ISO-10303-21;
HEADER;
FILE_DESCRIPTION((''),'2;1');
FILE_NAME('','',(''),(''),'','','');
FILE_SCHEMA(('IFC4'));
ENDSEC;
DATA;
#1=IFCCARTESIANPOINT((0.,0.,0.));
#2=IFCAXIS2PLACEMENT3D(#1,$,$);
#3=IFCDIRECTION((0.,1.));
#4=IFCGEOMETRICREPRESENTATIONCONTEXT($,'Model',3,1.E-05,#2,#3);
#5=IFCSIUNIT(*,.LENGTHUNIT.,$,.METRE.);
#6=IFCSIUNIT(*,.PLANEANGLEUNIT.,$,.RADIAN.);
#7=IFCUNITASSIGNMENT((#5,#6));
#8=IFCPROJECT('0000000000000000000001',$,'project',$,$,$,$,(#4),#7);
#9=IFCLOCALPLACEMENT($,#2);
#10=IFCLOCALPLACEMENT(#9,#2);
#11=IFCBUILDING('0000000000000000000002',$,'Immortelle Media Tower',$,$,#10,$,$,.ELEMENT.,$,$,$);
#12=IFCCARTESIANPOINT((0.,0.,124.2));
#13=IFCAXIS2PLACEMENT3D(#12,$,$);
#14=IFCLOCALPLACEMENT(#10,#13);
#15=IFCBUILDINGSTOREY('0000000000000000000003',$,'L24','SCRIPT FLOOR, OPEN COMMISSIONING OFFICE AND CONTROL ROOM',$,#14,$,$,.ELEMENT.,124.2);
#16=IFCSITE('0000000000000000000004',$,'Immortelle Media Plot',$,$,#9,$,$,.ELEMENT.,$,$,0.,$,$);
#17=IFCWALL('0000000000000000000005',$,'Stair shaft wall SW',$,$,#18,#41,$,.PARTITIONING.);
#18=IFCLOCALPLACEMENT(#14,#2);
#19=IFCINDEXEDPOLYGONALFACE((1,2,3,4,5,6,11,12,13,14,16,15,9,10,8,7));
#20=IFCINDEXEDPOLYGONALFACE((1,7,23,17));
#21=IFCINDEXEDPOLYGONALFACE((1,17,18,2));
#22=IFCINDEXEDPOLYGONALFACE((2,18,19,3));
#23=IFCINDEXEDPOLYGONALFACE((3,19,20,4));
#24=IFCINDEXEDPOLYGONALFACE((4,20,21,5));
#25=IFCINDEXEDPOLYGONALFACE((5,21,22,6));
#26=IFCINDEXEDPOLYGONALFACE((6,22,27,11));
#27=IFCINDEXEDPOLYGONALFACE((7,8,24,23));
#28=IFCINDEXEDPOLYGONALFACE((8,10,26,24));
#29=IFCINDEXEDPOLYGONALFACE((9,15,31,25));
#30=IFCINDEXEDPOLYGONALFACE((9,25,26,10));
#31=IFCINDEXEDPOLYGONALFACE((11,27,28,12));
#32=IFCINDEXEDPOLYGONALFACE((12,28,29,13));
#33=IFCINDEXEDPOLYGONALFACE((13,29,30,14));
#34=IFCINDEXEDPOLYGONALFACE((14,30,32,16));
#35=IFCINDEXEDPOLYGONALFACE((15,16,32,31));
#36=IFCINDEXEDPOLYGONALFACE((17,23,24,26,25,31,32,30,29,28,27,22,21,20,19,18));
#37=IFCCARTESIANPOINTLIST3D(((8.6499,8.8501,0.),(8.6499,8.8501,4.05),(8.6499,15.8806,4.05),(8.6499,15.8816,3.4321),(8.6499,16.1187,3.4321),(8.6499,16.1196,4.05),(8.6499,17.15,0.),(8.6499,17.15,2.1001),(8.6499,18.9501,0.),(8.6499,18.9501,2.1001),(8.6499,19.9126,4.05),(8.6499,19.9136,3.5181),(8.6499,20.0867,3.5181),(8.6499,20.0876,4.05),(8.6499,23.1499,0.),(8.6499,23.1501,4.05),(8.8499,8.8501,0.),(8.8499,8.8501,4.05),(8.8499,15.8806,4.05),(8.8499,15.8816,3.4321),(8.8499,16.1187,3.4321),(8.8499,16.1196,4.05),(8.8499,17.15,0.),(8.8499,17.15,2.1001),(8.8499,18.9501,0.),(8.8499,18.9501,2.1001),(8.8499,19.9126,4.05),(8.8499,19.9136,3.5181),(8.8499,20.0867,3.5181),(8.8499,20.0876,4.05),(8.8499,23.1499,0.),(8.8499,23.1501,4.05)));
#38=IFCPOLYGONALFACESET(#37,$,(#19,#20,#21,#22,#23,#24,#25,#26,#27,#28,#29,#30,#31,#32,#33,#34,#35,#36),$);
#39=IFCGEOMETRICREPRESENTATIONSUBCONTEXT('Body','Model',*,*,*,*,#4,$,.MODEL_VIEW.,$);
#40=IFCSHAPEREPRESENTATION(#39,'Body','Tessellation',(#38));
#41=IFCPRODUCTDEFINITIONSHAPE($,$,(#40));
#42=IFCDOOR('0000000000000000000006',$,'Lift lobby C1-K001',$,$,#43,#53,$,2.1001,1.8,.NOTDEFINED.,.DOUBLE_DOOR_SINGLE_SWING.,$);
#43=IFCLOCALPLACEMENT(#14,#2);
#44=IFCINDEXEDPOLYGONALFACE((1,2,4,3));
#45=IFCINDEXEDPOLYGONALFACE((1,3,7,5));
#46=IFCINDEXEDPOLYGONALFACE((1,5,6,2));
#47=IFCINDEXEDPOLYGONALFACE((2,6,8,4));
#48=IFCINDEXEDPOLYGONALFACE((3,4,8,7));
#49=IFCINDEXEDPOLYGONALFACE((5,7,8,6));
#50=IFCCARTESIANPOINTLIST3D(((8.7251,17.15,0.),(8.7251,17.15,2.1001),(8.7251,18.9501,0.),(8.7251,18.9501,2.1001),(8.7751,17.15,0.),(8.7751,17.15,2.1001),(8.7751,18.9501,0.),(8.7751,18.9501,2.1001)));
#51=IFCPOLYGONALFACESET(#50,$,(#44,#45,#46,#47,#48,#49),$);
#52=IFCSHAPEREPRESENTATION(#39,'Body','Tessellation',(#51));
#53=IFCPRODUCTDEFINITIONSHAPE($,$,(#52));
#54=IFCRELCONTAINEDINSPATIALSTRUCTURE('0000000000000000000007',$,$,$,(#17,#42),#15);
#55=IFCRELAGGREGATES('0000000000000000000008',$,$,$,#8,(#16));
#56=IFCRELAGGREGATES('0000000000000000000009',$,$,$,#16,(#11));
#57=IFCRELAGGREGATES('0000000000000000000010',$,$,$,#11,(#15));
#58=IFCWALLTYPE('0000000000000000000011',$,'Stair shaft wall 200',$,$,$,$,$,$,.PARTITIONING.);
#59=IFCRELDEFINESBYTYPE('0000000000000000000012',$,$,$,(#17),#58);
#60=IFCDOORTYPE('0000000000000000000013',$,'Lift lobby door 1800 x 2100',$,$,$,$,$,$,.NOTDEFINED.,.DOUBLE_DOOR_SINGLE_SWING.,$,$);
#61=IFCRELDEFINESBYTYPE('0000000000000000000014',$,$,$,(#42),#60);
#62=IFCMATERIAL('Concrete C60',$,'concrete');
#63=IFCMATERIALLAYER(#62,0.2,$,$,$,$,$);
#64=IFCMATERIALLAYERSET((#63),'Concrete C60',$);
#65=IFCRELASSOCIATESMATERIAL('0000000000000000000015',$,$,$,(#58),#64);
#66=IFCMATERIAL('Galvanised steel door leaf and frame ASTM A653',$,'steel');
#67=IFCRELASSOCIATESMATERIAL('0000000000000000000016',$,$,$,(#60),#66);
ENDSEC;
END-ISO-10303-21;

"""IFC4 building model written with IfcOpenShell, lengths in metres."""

from ifc_helpers import new_model, si_unit, direction, frame, frame_2d, origin, place, context, subcontext, project, spatial, polyline, rectangle, outline, extrude, material, layer, layer_set, type_object, element, fill, save


model = new_model("IFC4")

# Units and contexts
model_context = context("Model", 3, precision=1e-05, world=origin(), true_north=direction((0.0, 1.0)))
body_context = subcontext(model_context, "Body", "Model", "MODEL_VIEW")
ifc_project = project(units=[si_unit("LENGTHUNIT", "METRE"), si_unit("PLANEANGLEUNIT", "RADIAN")], contexts=[model_context])

# Site, building, storey
site_placement = place(None, origin())
site = spatial("IfcSite", under=ifc_project, at=site_placement, Name="Immortelle Media Plot", CompositionType="ELEMENT", RefElevation=0.0)
building_placement = place(site_placement, origin())
building = spatial("IfcBuilding", under=site, at=building_placement, Name="Immortelle Media Tower", CompositionType="ELEMENT")
storey_placement = place(building_placement, frame((0.0, 0.0, 124.2)))
storey = spatial("IfcBuildingStorey", under=building, at=storey_placement, Name="L24", Description="SCRIPT FLOOR, OPEN COMMISSIONING OFFICE AND CONTROL ROOM", CompositionType="ELEMENT", Elevation=124.2)

# Shared definitions
ifc_material_1 = material(Name="Concrete C60", Category="concrete")
ifc_layer_1 = layer(ifc_material_1, 0.2)
ifc_layer_set_1 = layer_set([ifc_layer_1], Name="Concrete C60")
wall_type_1 = type_object("IfcWallType", Name="Stair shaft wall 200", PredefinedType="PARTITIONING", material=ifc_layer_set_1)
ifc_material_2 = material(Name="Galvanised steel door leaf and frame ASTM A653", Category="steel")

# Wall, opening, door
wall_1_placement = place(storey_placement, frame((8.75, 8.8501, 0.0), z_axis=(0.0, 0.0, 1.0), x_axis=(0.0, 1.0, 0.0)))
wall_1 = element("IfcWall", 1, at=wall_1_placement, inside=storey, type_object=wall_type_1, Name="Stair shaft wall SW", PredefinedType="PARTITIONING", context=body_context, shape_type="SweptSolid", body=[
    extrude(outline(polyline([(0.0, 0.0), (14.2998, 0.0), (14.3, 4.05), (11.2375, 4.05), (11.2366, 3.5181), (11.0635, 3.5181), (11.0625, 4.05), (7.2695, 4.05), (7.2686, 3.4321), (7.0315, 3.4321), (7.0305, 4.05), (0.0, 4.05), (0.0, 0.0)])), frame((0.0, 0.1001, 0.0), z_axis=(0.0, -1.0, 0.0), x_axis=(1.0, 0.0, 0.0)), (0.0, 0.0, 1.0), 0.2),
])
opening_1_placement = place(wall_1_placement, frame((8.3, 0.0, 0.0)))
opening_1 = element("IfcOpeningElement", 2, at=opening_1_placement, cuts=wall_1, PredefinedType="OPENING", context=body_context, shape_type="SweptSolid", body=[
    extrude(rectangle(XDim=1.8, YDim=2.1001, at=frame_2d((0.8999, 1.05))), frame((0.0, 0.1099, 0.0), z_axis=(0.0, -1.0, 0.0), x_axis=(1.0, 0.0, 0.0)), (0.0, 0.0, 1.0), 0.22),
])
door_type_1 = type_object("IfcDoorType", Name="Lift lobby door 1800 x 2100", OperationType="DOUBLE_DOOR_SINGLE_SWING", PredefinedType="NOTDEFINED", material=ifc_material_2)
door_1_placement = place(opening_1_placement, origin())
door_1 = element("IfcDoor", 3, at=door_1_placement, inside=storey, type_object=door_type_1, Name="Lift lobby C1-K001", OperationType="DOUBLE_DOOR_SINGLE_SWING", OverallHeight=2.1001, OverallWidth=1.8, PredefinedType="NOTDEFINED", context=body_context, shape_type="SweptSolid", body=[
    extrude(rectangle(XDim=1.8, YDim=2.1001, at=frame_2d((0.8999, 1.05))), frame((0.0, 0.0249, 0.0), z_axis=(0.0, -1.0, 0.0), x_axis=(1.0, 0.0, 0.0)), (0.0, 0.0, 1.0), 0.05),
])
fill(opening_1, door_1)

save(model, "model.ifc")
